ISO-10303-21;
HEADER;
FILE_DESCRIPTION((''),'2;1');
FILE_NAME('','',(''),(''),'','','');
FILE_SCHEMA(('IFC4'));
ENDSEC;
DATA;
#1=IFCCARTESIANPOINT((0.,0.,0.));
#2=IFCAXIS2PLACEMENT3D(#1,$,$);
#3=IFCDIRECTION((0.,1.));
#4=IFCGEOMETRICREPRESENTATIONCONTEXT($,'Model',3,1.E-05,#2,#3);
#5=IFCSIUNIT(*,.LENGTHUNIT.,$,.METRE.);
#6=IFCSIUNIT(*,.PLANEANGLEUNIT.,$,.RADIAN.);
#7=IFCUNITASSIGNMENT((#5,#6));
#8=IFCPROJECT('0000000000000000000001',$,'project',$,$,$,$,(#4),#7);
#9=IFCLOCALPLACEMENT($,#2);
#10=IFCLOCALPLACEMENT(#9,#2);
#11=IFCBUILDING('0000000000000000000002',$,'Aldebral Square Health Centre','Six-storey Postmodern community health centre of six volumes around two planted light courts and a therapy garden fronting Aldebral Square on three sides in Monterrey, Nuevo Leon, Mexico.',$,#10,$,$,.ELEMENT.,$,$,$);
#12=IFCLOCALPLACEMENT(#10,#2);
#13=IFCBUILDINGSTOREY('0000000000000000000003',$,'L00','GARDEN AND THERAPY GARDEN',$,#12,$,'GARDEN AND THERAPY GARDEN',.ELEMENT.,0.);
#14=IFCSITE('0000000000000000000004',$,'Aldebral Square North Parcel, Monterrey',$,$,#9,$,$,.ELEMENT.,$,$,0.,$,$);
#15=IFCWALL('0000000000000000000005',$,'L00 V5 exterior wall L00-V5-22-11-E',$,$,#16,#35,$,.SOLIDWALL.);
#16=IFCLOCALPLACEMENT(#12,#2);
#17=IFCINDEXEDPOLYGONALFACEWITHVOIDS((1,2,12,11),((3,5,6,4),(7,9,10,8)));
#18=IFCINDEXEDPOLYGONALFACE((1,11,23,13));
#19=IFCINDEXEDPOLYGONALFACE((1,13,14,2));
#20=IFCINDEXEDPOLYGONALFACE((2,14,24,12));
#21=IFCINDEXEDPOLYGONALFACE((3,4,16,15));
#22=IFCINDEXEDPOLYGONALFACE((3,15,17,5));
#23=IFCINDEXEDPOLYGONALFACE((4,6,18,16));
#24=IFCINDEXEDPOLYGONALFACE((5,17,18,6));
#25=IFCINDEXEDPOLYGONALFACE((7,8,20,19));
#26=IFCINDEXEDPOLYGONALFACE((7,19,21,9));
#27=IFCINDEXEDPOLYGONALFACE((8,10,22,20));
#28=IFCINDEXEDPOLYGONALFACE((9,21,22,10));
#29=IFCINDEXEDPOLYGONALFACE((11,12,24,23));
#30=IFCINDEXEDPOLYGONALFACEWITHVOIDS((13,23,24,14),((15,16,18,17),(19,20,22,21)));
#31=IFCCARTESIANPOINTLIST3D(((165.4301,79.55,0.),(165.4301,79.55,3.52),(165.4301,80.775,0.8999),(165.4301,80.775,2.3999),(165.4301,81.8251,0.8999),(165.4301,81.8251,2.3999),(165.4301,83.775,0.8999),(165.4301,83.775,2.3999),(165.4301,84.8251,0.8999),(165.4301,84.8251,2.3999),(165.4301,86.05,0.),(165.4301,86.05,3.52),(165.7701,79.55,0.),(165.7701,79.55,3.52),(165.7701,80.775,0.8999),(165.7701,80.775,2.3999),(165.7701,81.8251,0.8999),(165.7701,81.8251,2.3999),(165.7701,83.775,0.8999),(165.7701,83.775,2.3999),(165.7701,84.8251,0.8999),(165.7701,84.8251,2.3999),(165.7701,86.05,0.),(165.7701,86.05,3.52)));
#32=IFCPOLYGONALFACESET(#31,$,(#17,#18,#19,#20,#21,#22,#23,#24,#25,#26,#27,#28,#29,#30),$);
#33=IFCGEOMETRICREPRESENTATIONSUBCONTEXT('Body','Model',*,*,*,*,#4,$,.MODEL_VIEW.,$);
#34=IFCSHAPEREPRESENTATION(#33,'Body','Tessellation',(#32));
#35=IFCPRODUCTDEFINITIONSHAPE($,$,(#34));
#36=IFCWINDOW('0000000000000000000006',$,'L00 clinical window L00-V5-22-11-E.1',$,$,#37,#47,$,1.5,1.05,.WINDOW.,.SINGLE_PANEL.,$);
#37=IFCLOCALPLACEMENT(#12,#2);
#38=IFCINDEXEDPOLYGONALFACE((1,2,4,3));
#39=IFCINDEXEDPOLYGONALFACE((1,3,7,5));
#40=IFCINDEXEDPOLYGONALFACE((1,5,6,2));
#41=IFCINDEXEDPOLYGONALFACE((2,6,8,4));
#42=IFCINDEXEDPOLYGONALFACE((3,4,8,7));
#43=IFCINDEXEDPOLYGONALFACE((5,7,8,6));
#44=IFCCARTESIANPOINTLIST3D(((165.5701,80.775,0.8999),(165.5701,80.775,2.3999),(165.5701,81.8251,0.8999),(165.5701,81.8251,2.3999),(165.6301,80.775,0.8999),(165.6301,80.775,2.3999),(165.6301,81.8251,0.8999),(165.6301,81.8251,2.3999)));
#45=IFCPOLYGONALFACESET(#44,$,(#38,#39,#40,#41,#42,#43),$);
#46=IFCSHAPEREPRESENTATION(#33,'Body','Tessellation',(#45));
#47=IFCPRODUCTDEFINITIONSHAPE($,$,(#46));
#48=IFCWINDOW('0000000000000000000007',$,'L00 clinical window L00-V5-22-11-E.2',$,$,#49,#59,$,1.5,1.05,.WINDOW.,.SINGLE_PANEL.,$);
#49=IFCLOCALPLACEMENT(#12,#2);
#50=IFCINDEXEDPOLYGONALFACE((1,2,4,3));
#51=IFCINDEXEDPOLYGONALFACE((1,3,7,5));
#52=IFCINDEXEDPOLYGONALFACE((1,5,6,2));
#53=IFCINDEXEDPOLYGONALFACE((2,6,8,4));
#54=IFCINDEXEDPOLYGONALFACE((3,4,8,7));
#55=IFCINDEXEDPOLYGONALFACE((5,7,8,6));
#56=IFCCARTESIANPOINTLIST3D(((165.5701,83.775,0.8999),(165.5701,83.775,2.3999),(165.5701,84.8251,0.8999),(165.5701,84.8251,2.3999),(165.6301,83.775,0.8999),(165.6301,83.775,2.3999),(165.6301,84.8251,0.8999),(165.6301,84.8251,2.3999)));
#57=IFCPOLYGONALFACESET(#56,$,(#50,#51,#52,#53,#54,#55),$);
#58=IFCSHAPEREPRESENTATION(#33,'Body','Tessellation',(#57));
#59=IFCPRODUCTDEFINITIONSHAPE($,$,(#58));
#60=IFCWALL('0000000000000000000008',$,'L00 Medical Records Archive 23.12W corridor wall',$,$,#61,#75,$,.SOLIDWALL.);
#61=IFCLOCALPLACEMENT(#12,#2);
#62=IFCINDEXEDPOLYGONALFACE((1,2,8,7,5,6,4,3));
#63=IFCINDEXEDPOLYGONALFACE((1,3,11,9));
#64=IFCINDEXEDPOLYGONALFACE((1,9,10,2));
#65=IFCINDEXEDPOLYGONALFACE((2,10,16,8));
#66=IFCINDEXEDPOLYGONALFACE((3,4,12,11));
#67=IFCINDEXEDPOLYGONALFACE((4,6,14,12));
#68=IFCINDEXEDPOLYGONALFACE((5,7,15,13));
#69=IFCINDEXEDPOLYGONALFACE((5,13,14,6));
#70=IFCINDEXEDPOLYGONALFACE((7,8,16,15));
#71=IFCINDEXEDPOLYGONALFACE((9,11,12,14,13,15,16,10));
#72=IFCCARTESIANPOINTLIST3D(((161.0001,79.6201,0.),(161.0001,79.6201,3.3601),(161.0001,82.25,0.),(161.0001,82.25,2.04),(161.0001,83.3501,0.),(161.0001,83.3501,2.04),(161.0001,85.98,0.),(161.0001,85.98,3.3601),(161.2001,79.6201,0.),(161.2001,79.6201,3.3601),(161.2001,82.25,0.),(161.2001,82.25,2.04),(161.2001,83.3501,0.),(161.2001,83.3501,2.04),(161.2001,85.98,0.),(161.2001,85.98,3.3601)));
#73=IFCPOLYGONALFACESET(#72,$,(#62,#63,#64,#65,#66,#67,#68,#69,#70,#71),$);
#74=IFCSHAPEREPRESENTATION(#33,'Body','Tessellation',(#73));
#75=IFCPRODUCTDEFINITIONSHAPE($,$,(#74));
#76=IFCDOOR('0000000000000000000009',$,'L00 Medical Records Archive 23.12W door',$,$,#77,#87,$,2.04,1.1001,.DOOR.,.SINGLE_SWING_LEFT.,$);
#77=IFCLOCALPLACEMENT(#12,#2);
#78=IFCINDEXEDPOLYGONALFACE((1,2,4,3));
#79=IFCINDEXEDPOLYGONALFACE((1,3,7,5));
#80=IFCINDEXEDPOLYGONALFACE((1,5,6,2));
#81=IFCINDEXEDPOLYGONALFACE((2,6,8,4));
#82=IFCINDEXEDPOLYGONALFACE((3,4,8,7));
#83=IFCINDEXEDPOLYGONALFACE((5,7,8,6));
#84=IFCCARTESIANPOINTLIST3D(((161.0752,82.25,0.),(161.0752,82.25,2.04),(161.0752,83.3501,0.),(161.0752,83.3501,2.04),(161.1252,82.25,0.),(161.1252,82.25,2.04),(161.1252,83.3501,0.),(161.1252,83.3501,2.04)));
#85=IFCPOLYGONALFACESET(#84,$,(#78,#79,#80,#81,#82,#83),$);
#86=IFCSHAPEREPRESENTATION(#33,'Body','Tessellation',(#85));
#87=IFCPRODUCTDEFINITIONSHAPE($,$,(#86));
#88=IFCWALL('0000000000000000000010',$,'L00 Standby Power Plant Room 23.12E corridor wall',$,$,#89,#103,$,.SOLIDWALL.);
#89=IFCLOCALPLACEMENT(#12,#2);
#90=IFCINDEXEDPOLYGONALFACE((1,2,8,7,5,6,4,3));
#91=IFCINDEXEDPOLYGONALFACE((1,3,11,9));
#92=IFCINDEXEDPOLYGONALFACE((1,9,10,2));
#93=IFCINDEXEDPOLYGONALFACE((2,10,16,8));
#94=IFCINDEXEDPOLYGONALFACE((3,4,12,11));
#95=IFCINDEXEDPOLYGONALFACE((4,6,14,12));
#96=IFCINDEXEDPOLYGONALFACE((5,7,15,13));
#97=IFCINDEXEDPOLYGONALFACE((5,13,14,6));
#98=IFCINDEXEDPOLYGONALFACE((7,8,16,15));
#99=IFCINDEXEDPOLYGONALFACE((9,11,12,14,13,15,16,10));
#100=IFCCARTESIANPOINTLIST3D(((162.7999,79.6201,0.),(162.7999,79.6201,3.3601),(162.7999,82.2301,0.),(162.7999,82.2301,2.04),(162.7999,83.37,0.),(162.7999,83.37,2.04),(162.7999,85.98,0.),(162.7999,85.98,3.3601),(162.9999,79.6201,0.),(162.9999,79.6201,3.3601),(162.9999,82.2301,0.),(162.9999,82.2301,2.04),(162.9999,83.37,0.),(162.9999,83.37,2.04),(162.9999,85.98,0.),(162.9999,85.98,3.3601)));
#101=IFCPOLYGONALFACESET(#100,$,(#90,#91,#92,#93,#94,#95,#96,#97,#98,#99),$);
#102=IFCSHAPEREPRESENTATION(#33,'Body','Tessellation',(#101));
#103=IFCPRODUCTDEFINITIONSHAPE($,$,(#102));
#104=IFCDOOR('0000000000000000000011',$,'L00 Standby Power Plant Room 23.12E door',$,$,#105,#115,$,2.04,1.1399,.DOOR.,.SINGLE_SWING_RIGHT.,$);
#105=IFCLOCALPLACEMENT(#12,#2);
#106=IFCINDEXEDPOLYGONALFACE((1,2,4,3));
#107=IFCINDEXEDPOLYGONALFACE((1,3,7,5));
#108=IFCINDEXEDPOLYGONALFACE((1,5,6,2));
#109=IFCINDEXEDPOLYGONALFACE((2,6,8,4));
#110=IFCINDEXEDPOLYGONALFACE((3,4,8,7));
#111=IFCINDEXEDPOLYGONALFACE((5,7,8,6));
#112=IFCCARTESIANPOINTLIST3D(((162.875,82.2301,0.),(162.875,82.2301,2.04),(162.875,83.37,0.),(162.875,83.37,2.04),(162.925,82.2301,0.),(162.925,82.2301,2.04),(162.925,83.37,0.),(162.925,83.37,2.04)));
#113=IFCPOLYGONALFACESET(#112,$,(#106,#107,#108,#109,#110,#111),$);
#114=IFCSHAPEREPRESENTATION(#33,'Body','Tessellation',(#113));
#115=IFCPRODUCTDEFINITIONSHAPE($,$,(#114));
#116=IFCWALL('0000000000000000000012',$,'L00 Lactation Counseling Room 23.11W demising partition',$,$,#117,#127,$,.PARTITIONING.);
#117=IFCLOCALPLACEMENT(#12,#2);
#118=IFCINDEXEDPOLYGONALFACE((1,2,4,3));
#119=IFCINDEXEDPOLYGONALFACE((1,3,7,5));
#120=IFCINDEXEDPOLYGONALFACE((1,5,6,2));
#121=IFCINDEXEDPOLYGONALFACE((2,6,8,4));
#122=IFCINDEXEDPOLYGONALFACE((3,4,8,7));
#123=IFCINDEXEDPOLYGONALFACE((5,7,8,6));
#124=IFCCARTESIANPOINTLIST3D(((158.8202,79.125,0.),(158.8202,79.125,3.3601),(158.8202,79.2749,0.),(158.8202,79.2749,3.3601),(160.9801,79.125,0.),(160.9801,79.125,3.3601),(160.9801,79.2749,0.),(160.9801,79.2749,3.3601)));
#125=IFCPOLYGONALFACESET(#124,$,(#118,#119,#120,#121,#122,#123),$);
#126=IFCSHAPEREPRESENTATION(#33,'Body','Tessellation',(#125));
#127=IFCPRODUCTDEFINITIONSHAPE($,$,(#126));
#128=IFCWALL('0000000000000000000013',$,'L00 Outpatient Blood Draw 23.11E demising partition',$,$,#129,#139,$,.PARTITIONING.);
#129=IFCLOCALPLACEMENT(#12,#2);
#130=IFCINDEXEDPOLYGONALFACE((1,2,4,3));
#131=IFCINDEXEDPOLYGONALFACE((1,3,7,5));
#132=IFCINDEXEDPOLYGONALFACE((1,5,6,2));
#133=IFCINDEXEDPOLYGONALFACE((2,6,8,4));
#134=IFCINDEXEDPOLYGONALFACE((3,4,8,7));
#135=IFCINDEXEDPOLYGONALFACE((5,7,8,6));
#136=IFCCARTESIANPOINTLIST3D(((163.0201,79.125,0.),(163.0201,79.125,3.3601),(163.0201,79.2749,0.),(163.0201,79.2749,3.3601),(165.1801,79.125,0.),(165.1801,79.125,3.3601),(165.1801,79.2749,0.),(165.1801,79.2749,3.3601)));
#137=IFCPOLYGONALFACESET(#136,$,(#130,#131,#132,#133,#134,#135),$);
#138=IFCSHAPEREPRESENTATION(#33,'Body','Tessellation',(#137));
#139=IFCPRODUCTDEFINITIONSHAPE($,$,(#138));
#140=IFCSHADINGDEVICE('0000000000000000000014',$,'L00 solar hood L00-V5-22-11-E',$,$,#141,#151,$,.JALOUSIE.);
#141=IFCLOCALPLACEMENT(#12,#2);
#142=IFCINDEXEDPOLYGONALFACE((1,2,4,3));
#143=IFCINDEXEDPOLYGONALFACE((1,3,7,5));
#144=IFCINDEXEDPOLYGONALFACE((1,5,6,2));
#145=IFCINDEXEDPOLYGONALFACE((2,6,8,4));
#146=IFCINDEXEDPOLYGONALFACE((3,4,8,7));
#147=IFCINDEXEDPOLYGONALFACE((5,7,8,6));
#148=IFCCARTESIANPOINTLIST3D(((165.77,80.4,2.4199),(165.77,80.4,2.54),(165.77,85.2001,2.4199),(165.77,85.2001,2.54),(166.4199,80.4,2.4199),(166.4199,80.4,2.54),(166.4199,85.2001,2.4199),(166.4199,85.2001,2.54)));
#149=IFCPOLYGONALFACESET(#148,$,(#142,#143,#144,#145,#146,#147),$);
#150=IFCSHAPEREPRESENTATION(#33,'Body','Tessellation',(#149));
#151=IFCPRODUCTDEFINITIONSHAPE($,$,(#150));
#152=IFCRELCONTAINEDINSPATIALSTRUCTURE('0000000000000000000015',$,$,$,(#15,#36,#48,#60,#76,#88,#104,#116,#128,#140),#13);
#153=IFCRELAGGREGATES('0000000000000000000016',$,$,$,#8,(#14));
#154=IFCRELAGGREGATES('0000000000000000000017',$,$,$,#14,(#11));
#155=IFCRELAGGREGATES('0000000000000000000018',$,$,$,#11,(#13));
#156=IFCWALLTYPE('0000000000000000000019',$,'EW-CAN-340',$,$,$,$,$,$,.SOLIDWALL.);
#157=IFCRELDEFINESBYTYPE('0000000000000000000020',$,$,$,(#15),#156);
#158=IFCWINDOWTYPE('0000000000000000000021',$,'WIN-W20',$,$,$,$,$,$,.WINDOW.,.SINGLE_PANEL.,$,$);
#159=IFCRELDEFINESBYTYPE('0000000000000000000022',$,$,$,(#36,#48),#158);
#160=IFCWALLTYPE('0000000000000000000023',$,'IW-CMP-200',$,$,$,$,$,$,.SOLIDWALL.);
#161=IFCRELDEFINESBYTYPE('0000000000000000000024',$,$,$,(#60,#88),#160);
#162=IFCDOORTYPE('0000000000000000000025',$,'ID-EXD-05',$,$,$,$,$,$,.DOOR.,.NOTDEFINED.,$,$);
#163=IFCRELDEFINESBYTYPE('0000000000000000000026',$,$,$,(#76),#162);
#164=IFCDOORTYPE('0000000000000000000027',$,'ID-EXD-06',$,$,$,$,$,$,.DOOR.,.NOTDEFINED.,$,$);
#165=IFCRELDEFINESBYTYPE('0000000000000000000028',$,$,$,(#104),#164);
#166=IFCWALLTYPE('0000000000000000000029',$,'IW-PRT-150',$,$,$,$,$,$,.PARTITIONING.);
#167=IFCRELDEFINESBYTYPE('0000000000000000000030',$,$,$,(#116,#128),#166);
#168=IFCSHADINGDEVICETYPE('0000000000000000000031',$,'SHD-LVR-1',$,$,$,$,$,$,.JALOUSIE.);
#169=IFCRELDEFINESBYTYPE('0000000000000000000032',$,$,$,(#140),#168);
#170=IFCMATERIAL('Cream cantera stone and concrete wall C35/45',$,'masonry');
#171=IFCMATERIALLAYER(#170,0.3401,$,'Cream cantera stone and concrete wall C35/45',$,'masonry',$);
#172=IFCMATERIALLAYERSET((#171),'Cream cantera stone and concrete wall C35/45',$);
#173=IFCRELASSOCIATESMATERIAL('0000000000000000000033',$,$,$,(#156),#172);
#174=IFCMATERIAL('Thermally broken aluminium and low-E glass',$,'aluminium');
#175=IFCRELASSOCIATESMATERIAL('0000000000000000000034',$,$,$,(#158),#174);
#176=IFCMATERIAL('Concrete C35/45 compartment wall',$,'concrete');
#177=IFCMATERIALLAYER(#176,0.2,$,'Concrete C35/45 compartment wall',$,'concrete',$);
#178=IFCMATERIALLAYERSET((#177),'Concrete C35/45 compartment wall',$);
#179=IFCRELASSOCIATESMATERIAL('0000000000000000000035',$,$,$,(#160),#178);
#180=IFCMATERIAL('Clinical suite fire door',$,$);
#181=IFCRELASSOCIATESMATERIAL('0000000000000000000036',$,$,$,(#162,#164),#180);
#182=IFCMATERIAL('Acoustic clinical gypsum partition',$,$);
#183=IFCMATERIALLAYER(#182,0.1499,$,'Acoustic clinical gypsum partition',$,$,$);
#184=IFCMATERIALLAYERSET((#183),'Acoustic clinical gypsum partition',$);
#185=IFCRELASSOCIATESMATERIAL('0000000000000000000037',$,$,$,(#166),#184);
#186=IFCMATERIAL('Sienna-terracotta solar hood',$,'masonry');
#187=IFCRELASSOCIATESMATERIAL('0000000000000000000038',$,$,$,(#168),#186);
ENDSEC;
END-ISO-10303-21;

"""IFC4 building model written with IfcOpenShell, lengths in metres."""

from ifc_helpers import new_model, si_unit, direction, frame, frame_2d, origin, origin_2d, place, context, subcontext, project, spatial, rectangle, extrude, material, layer, layer_set, type_object, element, fill, save


model = new_model("IFC4")

# Units and contexts
model_context = context("Model", 3, precision=1e-05, world=origin(), true_north=direction((0.0, 1.0)))
body_context = subcontext(model_context, "Body", "Model", "MODEL_VIEW")
ifc_project = project(units=[si_unit("LENGTHUNIT", "METRE"), si_unit("PLANEANGLEUNIT", "RADIAN")], contexts=[model_context])

# Site, building, storey
site_placement = place(None, origin())
site = spatial("IfcSite", under=ifc_project, at=site_placement, Name="Aldebral Square North Parcel, Monterrey", CompositionType="ELEMENT", RefElevation=0.0)
building_placement = place(site_placement, origin())
building = spatial("IfcBuilding", under=site, at=building_placement, Name="Aldebral Square Health Centre", Description="Six-storey Postmodern community health centre of six volumes around two planted light courts and a therapy garden fronting Aldebral Square on three sides in Monterrey, Nuevo Leon, Mexico.", CompositionType="ELEMENT")
storey_placement = place(building_placement, origin())
storey = spatial("IfcBuildingStorey", under=building, at=storey_placement, Name="L00", Description="GARDEN AND THERAPY GARDEN", LongName="GARDEN AND THERAPY GARDEN", CompositionType="ELEMENT", Elevation=0.0)

# Wall, openings, windows
ifc_material_1 = material(Name="Cream cantera stone and concrete wall C35/45", Category="masonry")
ifc_layer_1 = layer(ifc_material_1, 0.3401, Name="Cream cantera stone and concrete wall C35/45", Category="masonry")
ifc_layer_set_1 = layer_set([ifc_layer_1], Name="Cream cantera stone and concrete wall C35/45")
wall_type_1 = type_object("IfcWallType", Name="EW-CAN-340", PredefinedType="SOLIDWALL", material=ifc_layer_set_1)
ifc_material_2 = material(Name="Thermally broken aluminium and low-E glass", Category="aluminium")
wall_1_placement = place(storey_placement, frame((165.6001, 79.55, 0.0), z_axis=(0.0, 0.0, 1.0), x_axis=(0.0, 1.0, 0.0)))
wall_1 = element("IfcWall", 1, at=wall_1_placement, inside=storey, type_object=wall_type_1, Name="L00 V5 exterior wall L00-V5-22-11-E", PredefinedType="SOLIDWALL", context=body_context, shape_type="SweptSolid", body=[
    extrude(rectangle(XDim=6.5, YDim=0.3401, at=frame_2d((3.25, 0.0))), origin(), (0.0, 0.0, 1.0), 3.52),
])
opening_1_placement = place(wall_1_placement, frame((1.2251, 0.0, 0.8999)))
opening_1 = element("IfcOpeningElement", 2, at=opening_1_placement, cuts=wall_1, PredefinedType="OPENING", context=body_context, shape_type="SweptSolid", body=[
    extrude(rectangle(XDim=1.05, YDim=1.5, at=frame_2d((0.5249, 0.75))), frame((0.0, 0.1802, 0.0), z_axis=(0.0, -1.0, 0.0), x_axis=(1.0, 0.0, 0.0)), (0.0, 0.0, 1.0), 0.3601),
])
opening_2_placement = place(wall_1_placement, frame((4.2251, 0.0, 0.8999)))
opening_2 = element("IfcOpeningElement", 3, at=opening_2_placement, cuts=wall_1, PredefinedType="OPENING", context=body_context, shape_type="SweptSolid", body=[
    extrude(rectangle(XDim=1.05, YDim=1.5, at=frame_2d((0.5249, 0.75))), frame((0.0, 0.1802, 0.0), z_axis=(0.0, -1.0, 0.0), x_axis=(1.0, 0.0, 0.0)), (0.0, 0.0, 1.0), 0.3601),
])
window_type_1 = type_object("IfcWindowType", Name="WIN-W20", PartitioningType="SINGLE_PANEL", PredefinedType="WINDOW", material=ifc_material_2)
window_1_placement = place(opening_1_placement, origin())
window_1 = element("IfcWindow", 4, at=window_1_placement, inside=storey, type_object=window_type_1, Name="L00 clinical window L00-V5-22-11-E.1", OverallHeight=1.5, OverallWidth=1.05, PartitioningType="SINGLE_PANEL", PredefinedType="WINDOW", context=body_context, shape_type="SweptSolid", body=[
    extrude(rectangle(XDim=1.05, YDim=1.5, at=frame_2d((0.5249, 0.75))), frame((0.0, 0.03, 0.0), z_axis=(0.0, -1.0, 0.0), x_axis=(1.0, 0.0, 0.0)), (0.0, 0.0, 1.0), 0.0601),
])
fill(opening_1, window_1)
window_2_placement = place(opening_2_placement, origin())
window_2 = element("IfcWindow", 5, at=window_2_placement, inside=storey, type_object=window_type_1, Name="L00 clinical window L00-V5-22-11-E.2", OverallHeight=1.5, OverallWidth=1.05, PartitioningType="SINGLE_PANEL", PredefinedType="WINDOW", context=body_context, shape_type="SweptSolid", body=[
    extrude(rectangle(XDim=1.05, YDim=1.5, at=frame_2d((0.5249, 0.75))), frame((0.0, 0.03, 0.0), z_axis=(0.0, -1.0, 0.0), x_axis=(1.0, 0.0, 0.0)), (0.0, 0.0, 1.0), 0.0601),
])
fill(opening_2, window_2)

# Walls, openings, doors
ifc_material_3 = material(Name="Concrete C35/45 compartment wall", Category="concrete")
ifc_layer_2 = layer(ifc_material_3, 0.2, Name="Concrete C35/45 compartment wall", Category="concrete")
ifc_layer_set_2 = layer_set([ifc_layer_2], Name="Concrete C35/45 compartment wall")
wall_type_2 = type_object("IfcWallType", Name="IW-CMP-200", PredefinedType="SOLIDWALL", material=ifc_layer_set_2)
wall_2_placement = place(storey_placement, frame((161.1001, 79.6201, 0.0), z_axis=(0.0, 0.0, 1.0), x_axis=(0.0, 1.0, 0.0)))
wall_2 = element("IfcWall", 6, at=wall_2_placement, inside=storey, type_object=wall_type_2, Name="L00 Medical Records Archive 23.12W corridor wall", PredefinedType="SOLIDWALL", context=body_context, shape_type="SweptSolid", body=[
    extrude(rectangle(XDim=6.3599, YDim=0.2, at=frame_2d((3.1799, 0.0))), origin(), (0.0, 0.0, 1.0), 3.3601),
])
opening_3_placement = place(wall_2_placement, frame((2.6299, 0.0, 0.0)))
opening_3 = element("IfcOpeningElement", 7, at=opening_3_placement, cuts=wall_2, PredefinedType="OPENING", context=body_context, shape_type="SweptSolid", body=[
    extrude(rectangle(XDim=1.1001, YDim=2.04, at=frame_2d((0.55, 1.02))), frame((0.0, 0.1099, 0.0), z_axis=(0.0, -1.0, 0.0), x_axis=(1.0, 0.0, 0.0)), (0.0, 0.0, 1.0), 0.22),
])
ifc_material_4 = material(Name="Clinical suite fire door")
door_type_1 = type_object("IfcDoorType", Name="ID-EXD-05", OperationType="NOTDEFINED", PredefinedType="DOOR", material=ifc_material_4)
door_1_placement = place(opening_3_placement, origin())
door_1 = element("IfcDoor", 8, at=door_1_placement, inside=storey, type_object=door_type_1, Name="L00 Medical Records Archive 23.12W door", OperationType="SINGLE_SWING_LEFT", OverallHeight=2.04, OverallWidth=1.1001, PredefinedType="DOOR", context=body_context, shape_type="SweptSolid", body=[
    extrude(rectangle(XDim=1.1001, YDim=2.04, at=frame_2d((0.55, 1.02))), frame((0.0, 0.0249, 0.0), z_axis=(0.0, -1.0, 0.0), x_axis=(1.0, 0.0, 0.0)), (0.0, 0.0, 1.0), 0.05),
])
fill(opening_3, door_1)
wall_3_placement = place(storey_placement, frame((162.8999, 79.6201, 0.0), z_axis=(0.0, 0.0, 1.0), x_axis=(0.0, 1.0, 0.0)))
wall_3 = element("IfcWall", 9, at=wall_3_placement, inside=storey, type_object=wall_type_2, Name="L00 Standby Power Plant Room 23.12E corridor wall", PredefinedType="SOLIDWALL", context=body_context, shape_type="SweptSolid", body=[
    extrude(rectangle(XDim=6.3599, YDim=0.2, at=frame_2d((3.1799, 0.0))), origin(), (0.0, 0.0, 1.0), 3.3601),
])
opening_4_placement = place(wall_3_placement, frame((2.6101, 0.0, 0.0)))
opening_4 = element("IfcOpeningElement", 10, at=opening_4_placement, cuts=wall_3, PredefinedType="OPENING", context=body_context, shape_type="SweptSolid", body=[
    extrude(rectangle(XDim=1.1399, YDim=2.04, at=frame_2d((0.5698, 1.02))), frame((0.0, 0.1099, 0.0), z_axis=(0.0, -1.0, 0.0), x_axis=(1.0, 0.0, 0.0)), (0.0, 0.0, 1.0), 0.22),
])
door_type_2 = type_object("IfcDoorType", Name="ID-EXD-06", OperationType="NOTDEFINED", PredefinedType="DOOR", material=ifc_material_4)
door_2_placement = place(opening_4_placement, origin())
door_2 = element("IfcDoor", 11, at=door_2_placement, inside=storey, type_object=door_type_2, Name="L00 Standby Power Plant Room 23.12E door", OperationType="SINGLE_SWING_RIGHT", OverallHeight=2.04, OverallWidth=1.1399, PredefinedType="DOOR", context=body_context, shape_type="SweptSolid", body=[
    extrude(rectangle(XDim=1.1399, YDim=2.04, at=frame_2d((0.5698, 1.02))), frame((0.0, 0.0249, 0.0), z_axis=(0.0, -1.0, 0.0), x_axis=(1.0, 0.0, 0.0)), (0.0, 0.0, 1.0), 0.05),
])
fill(opening_4, door_2)

# Walls
ifc_material_5 = material(Name="Acoustic clinical gypsum partition")
ifc_layer_3 = layer(ifc_material_5, 0.1499, Name="Acoustic clinical gypsum partition")
ifc_layer_set_3 = layer_set([ifc_layer_3], Name="Acoustic clinical gypsum partition")
wall_type_3 = type_object("IfcWallType", Name="IW-PRT-150", PredefinedType="PARTITIONING", material=ifc_layer_set_3)
for number, where, z_axis, x_axis, name in (
    (12, (158.8201, 79.2, 0.0), (0.0, 0.0, 1.0), (1.0, 0.0, 0.0), "L00 Lactation Counseling Room 23.11W demising partition"),
    (13, (163.02, 79.2, 0.0), (0.0, 0.0, 1.0), (1.0, 0.0, 0.0), "L00 Outpatient Blood Draw 23.11E demising partition"),
):
    element("IfcWall", number, at=place(storey_placement, frame(where, z_axis=z_axis, x_axis=x_axis)), inside=storey, type_object=wall_type_3, Name=name, PredefinedType="PARTITIONING", context=body_context, shape_type="SweptSolid", body=[
        extrude(rectangle(XDim=2.1599, YDim=0.1499, at=frame_2d((1.0801, 0.0))), origin(), (0.0, 0.0, 1.0), 3.3601),
    ])

# Shading device
ifc_material_6 = material(Name="Sienna-terracotta solar hood", Category="masonry")
shading_device_type = type_object("IfcShadingDeviceType", Name="SHD-LVR-1", PredefinedType="JALOUSIE", material=ifc_material_6)
shading_device_placement = place(storey_placement, frame((166.095, 82.8, 2.4199), z_axis=(0.0, 0.0, 1.0), x_axis=(0.0, 1.0, 0.0)))
element("IfcShadingDevice", 14, at=shading_device_placement, inside=storey, type_object=shading_device_type, Name="L00 solar hood L00-V5-22-11-E", PredefinedType="JALOUSIE", context=body_context, shape_type="SweptSolid", body=[
    extrude(rectangle(XDim=4.8, YDim=0.6499, at=origin_2d()), origin(), (0.0, 0.0, 1.0), 0.1201),
])

save(model, "model.ifc")
